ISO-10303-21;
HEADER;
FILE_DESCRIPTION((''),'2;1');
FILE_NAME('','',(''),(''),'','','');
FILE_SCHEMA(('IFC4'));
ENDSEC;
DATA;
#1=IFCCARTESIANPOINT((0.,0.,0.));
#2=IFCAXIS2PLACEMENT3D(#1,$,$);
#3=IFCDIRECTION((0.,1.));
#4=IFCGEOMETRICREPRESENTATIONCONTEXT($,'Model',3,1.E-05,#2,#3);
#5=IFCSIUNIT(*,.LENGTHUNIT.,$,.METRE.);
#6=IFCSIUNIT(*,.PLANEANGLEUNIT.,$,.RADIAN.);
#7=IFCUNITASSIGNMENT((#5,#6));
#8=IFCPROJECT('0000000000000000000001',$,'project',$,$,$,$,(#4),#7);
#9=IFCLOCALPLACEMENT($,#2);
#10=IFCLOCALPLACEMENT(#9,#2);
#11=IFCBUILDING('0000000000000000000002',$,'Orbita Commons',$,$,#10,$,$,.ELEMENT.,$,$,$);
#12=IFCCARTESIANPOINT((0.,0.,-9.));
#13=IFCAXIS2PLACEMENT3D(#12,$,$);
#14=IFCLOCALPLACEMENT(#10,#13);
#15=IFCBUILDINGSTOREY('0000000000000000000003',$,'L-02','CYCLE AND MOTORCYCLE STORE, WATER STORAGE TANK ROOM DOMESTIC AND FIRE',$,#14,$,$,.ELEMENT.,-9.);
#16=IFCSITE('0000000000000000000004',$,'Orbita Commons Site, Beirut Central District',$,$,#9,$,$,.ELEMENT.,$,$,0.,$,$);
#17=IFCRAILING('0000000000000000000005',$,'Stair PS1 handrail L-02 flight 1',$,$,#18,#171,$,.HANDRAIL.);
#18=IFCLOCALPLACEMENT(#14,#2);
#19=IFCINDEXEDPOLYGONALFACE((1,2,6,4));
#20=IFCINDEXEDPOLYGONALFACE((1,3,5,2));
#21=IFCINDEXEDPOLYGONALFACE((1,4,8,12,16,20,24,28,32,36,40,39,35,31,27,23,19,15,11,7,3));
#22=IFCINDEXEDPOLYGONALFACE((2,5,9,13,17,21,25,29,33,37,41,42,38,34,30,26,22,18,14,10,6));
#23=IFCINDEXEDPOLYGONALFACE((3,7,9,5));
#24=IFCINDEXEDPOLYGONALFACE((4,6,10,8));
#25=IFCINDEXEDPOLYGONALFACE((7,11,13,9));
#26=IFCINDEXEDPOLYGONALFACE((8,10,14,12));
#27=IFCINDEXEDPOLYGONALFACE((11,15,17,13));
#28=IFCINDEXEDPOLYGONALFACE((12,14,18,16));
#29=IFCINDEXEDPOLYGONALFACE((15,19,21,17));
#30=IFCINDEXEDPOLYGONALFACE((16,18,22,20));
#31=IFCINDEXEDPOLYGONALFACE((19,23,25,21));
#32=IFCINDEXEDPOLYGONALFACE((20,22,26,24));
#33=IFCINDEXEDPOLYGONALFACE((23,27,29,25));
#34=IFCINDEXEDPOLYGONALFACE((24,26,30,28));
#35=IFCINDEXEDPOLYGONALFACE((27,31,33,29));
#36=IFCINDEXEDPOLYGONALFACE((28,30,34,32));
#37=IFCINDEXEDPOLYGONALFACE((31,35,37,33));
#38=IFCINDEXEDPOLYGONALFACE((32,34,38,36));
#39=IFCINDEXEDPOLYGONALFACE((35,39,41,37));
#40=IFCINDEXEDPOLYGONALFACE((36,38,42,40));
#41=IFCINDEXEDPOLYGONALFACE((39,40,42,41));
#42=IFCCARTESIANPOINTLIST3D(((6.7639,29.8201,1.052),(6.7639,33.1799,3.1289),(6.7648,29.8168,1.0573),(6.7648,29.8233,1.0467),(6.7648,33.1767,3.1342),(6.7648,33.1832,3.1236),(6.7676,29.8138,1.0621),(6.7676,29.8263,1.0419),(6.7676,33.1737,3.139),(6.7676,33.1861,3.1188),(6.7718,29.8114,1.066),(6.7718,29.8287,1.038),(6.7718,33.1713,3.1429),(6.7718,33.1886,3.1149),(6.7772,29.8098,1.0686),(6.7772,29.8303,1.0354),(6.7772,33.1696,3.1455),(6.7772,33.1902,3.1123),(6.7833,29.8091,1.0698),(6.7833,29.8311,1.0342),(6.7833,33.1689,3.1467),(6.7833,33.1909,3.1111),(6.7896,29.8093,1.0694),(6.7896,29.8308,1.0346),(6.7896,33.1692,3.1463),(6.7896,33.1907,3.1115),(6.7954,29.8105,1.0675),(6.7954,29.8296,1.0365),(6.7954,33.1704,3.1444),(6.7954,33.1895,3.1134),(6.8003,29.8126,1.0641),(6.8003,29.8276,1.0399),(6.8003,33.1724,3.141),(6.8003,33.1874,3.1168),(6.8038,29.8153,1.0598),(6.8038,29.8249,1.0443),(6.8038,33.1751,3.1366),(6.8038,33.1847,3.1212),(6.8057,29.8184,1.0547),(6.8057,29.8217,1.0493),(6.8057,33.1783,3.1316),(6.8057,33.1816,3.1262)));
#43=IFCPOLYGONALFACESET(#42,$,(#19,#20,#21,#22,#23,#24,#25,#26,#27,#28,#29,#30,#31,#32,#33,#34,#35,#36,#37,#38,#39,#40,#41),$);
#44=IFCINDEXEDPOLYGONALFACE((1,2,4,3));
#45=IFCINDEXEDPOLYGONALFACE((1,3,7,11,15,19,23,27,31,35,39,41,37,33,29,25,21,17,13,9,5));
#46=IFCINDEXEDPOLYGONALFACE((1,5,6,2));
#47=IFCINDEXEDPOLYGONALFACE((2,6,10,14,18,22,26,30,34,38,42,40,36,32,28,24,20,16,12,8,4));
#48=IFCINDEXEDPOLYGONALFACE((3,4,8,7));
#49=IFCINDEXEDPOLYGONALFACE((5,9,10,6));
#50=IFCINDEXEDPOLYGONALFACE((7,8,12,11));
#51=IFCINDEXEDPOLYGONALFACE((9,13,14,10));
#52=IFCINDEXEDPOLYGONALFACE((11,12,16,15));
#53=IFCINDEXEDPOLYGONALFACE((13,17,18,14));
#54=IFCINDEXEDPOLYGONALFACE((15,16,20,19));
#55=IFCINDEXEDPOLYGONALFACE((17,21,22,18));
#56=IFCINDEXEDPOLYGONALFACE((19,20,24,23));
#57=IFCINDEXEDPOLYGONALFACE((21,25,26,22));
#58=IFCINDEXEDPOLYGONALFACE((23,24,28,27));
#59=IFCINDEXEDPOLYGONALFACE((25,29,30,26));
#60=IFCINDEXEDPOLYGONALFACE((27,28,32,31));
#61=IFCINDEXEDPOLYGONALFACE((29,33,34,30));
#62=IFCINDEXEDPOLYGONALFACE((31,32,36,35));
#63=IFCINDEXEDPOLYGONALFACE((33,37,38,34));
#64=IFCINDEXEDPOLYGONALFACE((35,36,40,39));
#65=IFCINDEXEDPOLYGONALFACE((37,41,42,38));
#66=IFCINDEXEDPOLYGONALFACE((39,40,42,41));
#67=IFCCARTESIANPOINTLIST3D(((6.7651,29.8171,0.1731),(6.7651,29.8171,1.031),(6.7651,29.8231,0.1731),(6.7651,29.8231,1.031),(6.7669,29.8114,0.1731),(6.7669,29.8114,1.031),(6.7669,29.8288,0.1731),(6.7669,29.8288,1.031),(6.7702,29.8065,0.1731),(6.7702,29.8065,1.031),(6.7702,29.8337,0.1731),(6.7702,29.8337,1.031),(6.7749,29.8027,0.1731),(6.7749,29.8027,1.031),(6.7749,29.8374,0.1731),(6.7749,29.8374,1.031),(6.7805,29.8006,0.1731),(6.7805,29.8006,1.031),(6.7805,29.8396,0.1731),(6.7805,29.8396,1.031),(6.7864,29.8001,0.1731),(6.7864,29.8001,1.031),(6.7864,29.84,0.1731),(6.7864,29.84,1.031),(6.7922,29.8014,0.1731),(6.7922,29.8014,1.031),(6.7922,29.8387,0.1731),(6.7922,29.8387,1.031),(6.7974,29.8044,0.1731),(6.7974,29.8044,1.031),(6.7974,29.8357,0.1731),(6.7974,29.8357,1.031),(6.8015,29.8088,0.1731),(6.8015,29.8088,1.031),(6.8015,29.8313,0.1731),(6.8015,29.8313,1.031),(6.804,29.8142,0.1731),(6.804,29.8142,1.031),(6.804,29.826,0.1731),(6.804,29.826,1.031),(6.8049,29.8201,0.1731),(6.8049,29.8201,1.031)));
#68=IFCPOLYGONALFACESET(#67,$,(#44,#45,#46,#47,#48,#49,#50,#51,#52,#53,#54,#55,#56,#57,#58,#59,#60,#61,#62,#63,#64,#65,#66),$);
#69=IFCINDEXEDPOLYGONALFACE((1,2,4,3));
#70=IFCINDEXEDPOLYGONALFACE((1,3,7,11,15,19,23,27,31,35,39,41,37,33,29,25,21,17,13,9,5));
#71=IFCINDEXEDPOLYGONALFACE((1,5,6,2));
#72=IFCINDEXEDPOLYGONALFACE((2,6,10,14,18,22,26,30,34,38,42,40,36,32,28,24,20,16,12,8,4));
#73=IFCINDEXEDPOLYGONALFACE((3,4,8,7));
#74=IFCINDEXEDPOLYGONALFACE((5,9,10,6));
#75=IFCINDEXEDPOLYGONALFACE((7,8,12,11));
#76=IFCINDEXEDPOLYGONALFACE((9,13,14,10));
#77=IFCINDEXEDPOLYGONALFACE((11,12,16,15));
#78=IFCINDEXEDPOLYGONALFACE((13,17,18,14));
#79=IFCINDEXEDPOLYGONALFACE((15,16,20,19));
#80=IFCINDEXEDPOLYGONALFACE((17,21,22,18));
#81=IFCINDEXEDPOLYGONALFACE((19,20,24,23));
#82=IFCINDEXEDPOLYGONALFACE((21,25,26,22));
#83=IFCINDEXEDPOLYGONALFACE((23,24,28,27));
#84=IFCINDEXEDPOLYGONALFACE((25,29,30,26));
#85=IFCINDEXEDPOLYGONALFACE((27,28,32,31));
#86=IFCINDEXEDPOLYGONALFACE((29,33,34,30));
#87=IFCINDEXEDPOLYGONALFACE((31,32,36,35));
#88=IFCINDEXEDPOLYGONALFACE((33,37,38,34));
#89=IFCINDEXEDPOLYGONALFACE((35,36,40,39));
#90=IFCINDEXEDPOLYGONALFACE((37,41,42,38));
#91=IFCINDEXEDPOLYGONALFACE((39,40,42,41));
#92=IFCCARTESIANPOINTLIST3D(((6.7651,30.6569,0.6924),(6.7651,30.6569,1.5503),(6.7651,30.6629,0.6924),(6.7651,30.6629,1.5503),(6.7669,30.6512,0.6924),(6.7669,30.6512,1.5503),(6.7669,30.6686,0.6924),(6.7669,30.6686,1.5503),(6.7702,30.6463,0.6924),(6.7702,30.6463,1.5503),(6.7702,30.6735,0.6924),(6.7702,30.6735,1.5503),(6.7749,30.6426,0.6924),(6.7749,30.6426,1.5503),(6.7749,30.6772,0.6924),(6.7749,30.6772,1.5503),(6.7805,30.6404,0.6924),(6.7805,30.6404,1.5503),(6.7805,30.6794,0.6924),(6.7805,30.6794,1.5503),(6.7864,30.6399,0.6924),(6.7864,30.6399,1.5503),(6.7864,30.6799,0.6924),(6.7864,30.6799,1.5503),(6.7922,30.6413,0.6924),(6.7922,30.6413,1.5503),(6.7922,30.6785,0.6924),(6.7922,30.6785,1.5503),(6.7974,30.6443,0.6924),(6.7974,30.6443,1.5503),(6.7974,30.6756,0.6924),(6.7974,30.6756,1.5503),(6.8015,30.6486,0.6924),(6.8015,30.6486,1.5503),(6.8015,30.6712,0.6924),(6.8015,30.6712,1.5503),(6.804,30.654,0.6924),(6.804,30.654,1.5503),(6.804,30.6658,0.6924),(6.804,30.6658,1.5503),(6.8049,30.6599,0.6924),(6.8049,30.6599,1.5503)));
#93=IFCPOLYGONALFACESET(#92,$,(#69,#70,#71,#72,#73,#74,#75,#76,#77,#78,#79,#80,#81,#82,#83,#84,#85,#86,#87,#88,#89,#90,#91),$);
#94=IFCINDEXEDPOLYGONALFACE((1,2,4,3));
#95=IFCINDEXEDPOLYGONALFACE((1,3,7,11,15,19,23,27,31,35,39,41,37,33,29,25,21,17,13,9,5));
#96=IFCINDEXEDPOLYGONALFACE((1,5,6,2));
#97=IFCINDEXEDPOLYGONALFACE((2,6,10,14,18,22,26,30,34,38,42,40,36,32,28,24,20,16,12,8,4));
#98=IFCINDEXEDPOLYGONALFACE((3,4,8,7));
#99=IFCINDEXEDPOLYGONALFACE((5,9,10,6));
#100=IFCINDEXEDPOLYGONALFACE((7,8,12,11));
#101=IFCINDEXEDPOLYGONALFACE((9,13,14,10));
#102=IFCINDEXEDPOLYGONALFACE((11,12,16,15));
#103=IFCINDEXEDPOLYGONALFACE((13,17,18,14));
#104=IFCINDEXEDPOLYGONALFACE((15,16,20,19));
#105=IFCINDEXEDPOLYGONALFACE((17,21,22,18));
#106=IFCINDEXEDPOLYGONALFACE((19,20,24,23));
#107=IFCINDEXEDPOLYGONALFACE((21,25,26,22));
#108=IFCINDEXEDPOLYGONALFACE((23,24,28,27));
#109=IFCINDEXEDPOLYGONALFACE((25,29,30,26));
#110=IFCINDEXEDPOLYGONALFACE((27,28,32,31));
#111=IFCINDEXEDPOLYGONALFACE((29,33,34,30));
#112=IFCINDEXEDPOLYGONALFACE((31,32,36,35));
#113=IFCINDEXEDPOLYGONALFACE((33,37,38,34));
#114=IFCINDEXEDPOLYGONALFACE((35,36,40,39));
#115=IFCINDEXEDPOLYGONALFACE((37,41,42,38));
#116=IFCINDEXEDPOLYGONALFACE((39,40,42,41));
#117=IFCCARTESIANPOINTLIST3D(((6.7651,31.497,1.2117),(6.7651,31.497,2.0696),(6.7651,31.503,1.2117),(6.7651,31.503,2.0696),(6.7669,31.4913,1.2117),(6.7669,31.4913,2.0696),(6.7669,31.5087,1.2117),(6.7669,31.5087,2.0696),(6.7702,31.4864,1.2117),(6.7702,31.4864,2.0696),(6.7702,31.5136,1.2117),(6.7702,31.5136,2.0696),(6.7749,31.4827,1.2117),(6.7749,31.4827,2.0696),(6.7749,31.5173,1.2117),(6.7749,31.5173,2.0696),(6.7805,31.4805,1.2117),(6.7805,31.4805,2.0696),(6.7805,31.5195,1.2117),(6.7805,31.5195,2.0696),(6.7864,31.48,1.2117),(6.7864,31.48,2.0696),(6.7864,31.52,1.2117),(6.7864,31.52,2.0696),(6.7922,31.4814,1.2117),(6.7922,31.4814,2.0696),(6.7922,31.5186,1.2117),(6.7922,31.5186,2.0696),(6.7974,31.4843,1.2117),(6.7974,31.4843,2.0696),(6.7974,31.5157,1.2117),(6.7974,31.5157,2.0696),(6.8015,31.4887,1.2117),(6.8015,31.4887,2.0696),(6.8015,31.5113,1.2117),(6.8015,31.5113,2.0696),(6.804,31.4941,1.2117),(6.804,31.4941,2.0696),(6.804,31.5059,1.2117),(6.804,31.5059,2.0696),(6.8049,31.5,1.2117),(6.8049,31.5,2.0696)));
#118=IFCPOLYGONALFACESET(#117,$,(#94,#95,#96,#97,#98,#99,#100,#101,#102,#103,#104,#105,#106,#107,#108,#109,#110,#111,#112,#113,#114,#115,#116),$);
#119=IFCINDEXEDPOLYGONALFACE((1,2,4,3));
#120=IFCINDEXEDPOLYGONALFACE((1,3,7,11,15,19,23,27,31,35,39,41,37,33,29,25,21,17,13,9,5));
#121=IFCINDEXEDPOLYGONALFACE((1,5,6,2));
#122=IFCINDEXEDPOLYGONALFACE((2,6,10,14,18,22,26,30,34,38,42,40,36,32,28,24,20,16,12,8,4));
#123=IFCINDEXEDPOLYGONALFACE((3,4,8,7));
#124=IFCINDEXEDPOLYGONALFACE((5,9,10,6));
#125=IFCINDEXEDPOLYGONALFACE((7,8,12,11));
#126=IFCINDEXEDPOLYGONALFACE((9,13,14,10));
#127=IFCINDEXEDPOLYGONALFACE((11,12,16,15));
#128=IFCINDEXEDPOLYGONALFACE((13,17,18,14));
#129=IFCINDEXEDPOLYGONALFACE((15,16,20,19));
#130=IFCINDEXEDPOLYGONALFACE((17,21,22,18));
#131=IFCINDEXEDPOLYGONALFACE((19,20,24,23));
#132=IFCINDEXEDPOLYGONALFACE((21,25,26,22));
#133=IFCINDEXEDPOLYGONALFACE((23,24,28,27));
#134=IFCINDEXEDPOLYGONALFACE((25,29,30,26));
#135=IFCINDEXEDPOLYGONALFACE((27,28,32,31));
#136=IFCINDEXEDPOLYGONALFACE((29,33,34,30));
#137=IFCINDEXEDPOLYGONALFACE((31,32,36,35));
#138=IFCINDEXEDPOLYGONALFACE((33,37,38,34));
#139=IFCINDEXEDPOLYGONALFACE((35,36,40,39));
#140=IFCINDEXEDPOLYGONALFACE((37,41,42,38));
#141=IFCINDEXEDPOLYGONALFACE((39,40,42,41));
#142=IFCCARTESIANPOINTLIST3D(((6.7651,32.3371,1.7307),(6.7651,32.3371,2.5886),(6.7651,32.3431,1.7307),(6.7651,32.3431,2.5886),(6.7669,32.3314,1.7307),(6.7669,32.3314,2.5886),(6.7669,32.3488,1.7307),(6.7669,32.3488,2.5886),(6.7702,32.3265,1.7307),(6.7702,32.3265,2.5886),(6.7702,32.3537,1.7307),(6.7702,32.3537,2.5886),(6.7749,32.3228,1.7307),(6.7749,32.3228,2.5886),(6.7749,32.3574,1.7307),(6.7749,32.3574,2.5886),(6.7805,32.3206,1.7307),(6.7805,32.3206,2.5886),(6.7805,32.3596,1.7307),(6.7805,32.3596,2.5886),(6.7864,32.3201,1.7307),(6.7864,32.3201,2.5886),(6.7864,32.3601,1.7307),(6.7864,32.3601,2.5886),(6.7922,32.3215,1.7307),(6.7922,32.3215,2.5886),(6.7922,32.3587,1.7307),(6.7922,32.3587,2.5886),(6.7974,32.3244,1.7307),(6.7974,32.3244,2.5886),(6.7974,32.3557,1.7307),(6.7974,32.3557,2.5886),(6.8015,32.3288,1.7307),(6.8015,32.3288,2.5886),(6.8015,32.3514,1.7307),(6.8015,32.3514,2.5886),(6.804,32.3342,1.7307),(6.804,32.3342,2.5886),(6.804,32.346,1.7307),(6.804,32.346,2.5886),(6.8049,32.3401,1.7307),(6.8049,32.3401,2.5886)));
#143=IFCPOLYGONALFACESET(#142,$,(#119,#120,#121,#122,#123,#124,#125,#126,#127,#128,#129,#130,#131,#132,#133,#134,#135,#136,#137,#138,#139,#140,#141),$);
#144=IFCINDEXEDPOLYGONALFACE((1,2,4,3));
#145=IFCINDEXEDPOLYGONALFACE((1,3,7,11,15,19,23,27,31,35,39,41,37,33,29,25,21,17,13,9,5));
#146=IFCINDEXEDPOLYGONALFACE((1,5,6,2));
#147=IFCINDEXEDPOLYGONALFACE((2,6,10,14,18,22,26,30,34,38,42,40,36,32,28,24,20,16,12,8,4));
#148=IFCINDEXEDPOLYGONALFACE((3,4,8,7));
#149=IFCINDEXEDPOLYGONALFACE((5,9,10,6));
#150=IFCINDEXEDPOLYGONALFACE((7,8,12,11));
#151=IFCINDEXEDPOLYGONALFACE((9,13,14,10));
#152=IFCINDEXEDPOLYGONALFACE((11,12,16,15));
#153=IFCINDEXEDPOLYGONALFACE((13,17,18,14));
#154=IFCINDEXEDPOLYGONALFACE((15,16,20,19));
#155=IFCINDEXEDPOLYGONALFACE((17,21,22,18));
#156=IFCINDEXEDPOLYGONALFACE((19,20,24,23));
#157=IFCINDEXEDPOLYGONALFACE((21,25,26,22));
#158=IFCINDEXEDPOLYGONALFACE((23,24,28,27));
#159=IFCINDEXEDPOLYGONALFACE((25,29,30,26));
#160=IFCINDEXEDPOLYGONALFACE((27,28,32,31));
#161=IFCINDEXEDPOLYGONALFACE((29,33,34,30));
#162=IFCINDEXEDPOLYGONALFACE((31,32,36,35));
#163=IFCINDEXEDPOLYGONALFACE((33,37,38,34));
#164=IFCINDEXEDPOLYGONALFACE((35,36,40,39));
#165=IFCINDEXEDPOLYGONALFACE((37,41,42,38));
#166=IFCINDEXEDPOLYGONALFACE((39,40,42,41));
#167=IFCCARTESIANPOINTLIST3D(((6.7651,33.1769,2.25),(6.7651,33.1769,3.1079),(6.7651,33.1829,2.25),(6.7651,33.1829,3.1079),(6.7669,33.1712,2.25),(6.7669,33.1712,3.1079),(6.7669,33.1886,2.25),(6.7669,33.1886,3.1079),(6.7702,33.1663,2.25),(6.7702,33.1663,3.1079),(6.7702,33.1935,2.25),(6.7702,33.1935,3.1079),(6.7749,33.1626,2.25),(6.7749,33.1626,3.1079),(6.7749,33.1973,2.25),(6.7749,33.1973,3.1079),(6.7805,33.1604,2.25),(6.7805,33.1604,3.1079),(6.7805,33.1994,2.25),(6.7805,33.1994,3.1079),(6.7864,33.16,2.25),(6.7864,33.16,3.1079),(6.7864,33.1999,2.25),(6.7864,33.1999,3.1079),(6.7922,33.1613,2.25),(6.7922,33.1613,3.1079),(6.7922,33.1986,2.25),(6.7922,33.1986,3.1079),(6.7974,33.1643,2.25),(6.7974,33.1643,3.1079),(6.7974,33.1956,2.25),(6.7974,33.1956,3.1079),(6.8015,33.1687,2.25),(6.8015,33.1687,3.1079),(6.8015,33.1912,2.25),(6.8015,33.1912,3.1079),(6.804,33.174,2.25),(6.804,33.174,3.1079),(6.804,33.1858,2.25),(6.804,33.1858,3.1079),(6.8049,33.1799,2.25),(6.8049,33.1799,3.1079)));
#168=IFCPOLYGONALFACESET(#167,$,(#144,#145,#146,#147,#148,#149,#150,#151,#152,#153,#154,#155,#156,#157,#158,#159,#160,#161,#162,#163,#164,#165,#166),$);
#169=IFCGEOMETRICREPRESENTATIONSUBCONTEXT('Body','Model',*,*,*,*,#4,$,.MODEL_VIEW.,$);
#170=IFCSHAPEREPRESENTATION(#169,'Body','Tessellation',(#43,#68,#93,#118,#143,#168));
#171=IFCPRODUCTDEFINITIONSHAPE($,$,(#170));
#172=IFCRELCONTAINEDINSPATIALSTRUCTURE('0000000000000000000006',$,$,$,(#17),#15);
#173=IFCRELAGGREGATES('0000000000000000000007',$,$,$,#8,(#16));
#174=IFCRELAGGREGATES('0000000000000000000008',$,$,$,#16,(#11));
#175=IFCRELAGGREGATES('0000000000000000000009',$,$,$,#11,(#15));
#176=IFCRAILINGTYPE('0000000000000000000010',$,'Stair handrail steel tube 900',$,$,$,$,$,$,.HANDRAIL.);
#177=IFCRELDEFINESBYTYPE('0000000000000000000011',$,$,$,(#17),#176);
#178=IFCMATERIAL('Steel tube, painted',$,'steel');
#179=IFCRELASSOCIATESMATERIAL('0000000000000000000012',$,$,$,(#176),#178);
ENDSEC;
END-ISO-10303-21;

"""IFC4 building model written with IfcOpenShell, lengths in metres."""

from ifc_helpers import new_model, si_unit, direction, frame, origin, origin_2d, place, context, subcontext, project, spatial, circle, extrude, material, type_object, element, save


model = new_model("IFC4")

# Units and contexts
model_context = context("Model", 3, precision=1e-05, world=origin(), true_north=direction((0.0, 1.0)))
body_context = subcontext(model_context, "Body", "Model", "MODEL_VIEW")
ifc_project = project(units=[si_unit("LENGTHUNIT", "METRE"), si_unit("PLANEANGLEUNIT", "RADIAN")], contexts=[model_context])

# Site, building, storey
site_placement = place(None, origin())
site = spatial("IfcSite", under=ifc_project, at=site_placement, Name="Orbita Commons Site, Beirut Central District", CompositionType="ELEMENT", RefElevation=0.0)
building_placement = place(site_placement, origin())
building = spatial("IfcBuilding", under=site, at=building_placement, Name="Orbita Commons", CompositionType="ELEMENT")
storey_placement = place(building_placement, frame((0.0, 0.0, -9.0)))
storey = spatial("IfcBuildingStorey", under=building, at=storey_placement, Name="L-02", Description="CYCLE AND MOTORCYCLE STORE, WATER STORAGE TANK ROOM DOMESTIC AND FIRE", CompositionType="ELEMENT", Elevation=-9.0)

# Railing
ifc_material_1 = material(Name="Steel tube, painted", Category="steel")
railing_type_1 = type_object("IfcRailingType", Name="Stair handrail steel tube 900", PredefinedType="HANDRAIL", material=ifc_material_1)
for number, where, name in (
    (1, (6.7849, 29.8201, 0.1731), "Stair PS1 handrail L-02 flight 1"),
):
    element("IfcRailing", number, at=place(storey_placement, frame(where)), inside=storey, type_object=railing_type_1, Name=name, PredefinedType="HANDRAIL", context=body_context, shape_type="SweptSolid", body=[
        extrude(circle(Radius=0.021, at=origin_2d()), frame((0.0, 0.0, 0.8789), z_axis=(0.0, 0.850606, 0.525803), x_axis=(-1.0, 0.0, 0.0)), (0.0, 0.0, 1.0), 3.95),
        extrude(circle(Radius=0.02, at=origin_2d()), origin(), (0.0, 0.0, 1.0), 0.8579),
        extrude(circle(Radius=0.02, at=origin_2d()), frame((0.0, 0.8398, 0.5193)), (0.0, 0.0, 1.0), 0.8579),
        extrude(circle(Radius=0.02, at=origin_2d()), frame((0.0, 1.6799, 1.0386)), (0.0, 0.0, 1.0), 0.8579),
        extrude(circle(Radius=0.02, at=origin_2d()), frame((0.0, 2.52, 1.5576)), (0.0, 0.0, 1.0), 0.8579),
        extrude(circle(Radius=0.02, at=origin_2d()), frame((0.0, 3.3599, 2.0769)), (0.0, 0.0, 1.0), 0.8579),
    ])

save(model, "model.ifc")
